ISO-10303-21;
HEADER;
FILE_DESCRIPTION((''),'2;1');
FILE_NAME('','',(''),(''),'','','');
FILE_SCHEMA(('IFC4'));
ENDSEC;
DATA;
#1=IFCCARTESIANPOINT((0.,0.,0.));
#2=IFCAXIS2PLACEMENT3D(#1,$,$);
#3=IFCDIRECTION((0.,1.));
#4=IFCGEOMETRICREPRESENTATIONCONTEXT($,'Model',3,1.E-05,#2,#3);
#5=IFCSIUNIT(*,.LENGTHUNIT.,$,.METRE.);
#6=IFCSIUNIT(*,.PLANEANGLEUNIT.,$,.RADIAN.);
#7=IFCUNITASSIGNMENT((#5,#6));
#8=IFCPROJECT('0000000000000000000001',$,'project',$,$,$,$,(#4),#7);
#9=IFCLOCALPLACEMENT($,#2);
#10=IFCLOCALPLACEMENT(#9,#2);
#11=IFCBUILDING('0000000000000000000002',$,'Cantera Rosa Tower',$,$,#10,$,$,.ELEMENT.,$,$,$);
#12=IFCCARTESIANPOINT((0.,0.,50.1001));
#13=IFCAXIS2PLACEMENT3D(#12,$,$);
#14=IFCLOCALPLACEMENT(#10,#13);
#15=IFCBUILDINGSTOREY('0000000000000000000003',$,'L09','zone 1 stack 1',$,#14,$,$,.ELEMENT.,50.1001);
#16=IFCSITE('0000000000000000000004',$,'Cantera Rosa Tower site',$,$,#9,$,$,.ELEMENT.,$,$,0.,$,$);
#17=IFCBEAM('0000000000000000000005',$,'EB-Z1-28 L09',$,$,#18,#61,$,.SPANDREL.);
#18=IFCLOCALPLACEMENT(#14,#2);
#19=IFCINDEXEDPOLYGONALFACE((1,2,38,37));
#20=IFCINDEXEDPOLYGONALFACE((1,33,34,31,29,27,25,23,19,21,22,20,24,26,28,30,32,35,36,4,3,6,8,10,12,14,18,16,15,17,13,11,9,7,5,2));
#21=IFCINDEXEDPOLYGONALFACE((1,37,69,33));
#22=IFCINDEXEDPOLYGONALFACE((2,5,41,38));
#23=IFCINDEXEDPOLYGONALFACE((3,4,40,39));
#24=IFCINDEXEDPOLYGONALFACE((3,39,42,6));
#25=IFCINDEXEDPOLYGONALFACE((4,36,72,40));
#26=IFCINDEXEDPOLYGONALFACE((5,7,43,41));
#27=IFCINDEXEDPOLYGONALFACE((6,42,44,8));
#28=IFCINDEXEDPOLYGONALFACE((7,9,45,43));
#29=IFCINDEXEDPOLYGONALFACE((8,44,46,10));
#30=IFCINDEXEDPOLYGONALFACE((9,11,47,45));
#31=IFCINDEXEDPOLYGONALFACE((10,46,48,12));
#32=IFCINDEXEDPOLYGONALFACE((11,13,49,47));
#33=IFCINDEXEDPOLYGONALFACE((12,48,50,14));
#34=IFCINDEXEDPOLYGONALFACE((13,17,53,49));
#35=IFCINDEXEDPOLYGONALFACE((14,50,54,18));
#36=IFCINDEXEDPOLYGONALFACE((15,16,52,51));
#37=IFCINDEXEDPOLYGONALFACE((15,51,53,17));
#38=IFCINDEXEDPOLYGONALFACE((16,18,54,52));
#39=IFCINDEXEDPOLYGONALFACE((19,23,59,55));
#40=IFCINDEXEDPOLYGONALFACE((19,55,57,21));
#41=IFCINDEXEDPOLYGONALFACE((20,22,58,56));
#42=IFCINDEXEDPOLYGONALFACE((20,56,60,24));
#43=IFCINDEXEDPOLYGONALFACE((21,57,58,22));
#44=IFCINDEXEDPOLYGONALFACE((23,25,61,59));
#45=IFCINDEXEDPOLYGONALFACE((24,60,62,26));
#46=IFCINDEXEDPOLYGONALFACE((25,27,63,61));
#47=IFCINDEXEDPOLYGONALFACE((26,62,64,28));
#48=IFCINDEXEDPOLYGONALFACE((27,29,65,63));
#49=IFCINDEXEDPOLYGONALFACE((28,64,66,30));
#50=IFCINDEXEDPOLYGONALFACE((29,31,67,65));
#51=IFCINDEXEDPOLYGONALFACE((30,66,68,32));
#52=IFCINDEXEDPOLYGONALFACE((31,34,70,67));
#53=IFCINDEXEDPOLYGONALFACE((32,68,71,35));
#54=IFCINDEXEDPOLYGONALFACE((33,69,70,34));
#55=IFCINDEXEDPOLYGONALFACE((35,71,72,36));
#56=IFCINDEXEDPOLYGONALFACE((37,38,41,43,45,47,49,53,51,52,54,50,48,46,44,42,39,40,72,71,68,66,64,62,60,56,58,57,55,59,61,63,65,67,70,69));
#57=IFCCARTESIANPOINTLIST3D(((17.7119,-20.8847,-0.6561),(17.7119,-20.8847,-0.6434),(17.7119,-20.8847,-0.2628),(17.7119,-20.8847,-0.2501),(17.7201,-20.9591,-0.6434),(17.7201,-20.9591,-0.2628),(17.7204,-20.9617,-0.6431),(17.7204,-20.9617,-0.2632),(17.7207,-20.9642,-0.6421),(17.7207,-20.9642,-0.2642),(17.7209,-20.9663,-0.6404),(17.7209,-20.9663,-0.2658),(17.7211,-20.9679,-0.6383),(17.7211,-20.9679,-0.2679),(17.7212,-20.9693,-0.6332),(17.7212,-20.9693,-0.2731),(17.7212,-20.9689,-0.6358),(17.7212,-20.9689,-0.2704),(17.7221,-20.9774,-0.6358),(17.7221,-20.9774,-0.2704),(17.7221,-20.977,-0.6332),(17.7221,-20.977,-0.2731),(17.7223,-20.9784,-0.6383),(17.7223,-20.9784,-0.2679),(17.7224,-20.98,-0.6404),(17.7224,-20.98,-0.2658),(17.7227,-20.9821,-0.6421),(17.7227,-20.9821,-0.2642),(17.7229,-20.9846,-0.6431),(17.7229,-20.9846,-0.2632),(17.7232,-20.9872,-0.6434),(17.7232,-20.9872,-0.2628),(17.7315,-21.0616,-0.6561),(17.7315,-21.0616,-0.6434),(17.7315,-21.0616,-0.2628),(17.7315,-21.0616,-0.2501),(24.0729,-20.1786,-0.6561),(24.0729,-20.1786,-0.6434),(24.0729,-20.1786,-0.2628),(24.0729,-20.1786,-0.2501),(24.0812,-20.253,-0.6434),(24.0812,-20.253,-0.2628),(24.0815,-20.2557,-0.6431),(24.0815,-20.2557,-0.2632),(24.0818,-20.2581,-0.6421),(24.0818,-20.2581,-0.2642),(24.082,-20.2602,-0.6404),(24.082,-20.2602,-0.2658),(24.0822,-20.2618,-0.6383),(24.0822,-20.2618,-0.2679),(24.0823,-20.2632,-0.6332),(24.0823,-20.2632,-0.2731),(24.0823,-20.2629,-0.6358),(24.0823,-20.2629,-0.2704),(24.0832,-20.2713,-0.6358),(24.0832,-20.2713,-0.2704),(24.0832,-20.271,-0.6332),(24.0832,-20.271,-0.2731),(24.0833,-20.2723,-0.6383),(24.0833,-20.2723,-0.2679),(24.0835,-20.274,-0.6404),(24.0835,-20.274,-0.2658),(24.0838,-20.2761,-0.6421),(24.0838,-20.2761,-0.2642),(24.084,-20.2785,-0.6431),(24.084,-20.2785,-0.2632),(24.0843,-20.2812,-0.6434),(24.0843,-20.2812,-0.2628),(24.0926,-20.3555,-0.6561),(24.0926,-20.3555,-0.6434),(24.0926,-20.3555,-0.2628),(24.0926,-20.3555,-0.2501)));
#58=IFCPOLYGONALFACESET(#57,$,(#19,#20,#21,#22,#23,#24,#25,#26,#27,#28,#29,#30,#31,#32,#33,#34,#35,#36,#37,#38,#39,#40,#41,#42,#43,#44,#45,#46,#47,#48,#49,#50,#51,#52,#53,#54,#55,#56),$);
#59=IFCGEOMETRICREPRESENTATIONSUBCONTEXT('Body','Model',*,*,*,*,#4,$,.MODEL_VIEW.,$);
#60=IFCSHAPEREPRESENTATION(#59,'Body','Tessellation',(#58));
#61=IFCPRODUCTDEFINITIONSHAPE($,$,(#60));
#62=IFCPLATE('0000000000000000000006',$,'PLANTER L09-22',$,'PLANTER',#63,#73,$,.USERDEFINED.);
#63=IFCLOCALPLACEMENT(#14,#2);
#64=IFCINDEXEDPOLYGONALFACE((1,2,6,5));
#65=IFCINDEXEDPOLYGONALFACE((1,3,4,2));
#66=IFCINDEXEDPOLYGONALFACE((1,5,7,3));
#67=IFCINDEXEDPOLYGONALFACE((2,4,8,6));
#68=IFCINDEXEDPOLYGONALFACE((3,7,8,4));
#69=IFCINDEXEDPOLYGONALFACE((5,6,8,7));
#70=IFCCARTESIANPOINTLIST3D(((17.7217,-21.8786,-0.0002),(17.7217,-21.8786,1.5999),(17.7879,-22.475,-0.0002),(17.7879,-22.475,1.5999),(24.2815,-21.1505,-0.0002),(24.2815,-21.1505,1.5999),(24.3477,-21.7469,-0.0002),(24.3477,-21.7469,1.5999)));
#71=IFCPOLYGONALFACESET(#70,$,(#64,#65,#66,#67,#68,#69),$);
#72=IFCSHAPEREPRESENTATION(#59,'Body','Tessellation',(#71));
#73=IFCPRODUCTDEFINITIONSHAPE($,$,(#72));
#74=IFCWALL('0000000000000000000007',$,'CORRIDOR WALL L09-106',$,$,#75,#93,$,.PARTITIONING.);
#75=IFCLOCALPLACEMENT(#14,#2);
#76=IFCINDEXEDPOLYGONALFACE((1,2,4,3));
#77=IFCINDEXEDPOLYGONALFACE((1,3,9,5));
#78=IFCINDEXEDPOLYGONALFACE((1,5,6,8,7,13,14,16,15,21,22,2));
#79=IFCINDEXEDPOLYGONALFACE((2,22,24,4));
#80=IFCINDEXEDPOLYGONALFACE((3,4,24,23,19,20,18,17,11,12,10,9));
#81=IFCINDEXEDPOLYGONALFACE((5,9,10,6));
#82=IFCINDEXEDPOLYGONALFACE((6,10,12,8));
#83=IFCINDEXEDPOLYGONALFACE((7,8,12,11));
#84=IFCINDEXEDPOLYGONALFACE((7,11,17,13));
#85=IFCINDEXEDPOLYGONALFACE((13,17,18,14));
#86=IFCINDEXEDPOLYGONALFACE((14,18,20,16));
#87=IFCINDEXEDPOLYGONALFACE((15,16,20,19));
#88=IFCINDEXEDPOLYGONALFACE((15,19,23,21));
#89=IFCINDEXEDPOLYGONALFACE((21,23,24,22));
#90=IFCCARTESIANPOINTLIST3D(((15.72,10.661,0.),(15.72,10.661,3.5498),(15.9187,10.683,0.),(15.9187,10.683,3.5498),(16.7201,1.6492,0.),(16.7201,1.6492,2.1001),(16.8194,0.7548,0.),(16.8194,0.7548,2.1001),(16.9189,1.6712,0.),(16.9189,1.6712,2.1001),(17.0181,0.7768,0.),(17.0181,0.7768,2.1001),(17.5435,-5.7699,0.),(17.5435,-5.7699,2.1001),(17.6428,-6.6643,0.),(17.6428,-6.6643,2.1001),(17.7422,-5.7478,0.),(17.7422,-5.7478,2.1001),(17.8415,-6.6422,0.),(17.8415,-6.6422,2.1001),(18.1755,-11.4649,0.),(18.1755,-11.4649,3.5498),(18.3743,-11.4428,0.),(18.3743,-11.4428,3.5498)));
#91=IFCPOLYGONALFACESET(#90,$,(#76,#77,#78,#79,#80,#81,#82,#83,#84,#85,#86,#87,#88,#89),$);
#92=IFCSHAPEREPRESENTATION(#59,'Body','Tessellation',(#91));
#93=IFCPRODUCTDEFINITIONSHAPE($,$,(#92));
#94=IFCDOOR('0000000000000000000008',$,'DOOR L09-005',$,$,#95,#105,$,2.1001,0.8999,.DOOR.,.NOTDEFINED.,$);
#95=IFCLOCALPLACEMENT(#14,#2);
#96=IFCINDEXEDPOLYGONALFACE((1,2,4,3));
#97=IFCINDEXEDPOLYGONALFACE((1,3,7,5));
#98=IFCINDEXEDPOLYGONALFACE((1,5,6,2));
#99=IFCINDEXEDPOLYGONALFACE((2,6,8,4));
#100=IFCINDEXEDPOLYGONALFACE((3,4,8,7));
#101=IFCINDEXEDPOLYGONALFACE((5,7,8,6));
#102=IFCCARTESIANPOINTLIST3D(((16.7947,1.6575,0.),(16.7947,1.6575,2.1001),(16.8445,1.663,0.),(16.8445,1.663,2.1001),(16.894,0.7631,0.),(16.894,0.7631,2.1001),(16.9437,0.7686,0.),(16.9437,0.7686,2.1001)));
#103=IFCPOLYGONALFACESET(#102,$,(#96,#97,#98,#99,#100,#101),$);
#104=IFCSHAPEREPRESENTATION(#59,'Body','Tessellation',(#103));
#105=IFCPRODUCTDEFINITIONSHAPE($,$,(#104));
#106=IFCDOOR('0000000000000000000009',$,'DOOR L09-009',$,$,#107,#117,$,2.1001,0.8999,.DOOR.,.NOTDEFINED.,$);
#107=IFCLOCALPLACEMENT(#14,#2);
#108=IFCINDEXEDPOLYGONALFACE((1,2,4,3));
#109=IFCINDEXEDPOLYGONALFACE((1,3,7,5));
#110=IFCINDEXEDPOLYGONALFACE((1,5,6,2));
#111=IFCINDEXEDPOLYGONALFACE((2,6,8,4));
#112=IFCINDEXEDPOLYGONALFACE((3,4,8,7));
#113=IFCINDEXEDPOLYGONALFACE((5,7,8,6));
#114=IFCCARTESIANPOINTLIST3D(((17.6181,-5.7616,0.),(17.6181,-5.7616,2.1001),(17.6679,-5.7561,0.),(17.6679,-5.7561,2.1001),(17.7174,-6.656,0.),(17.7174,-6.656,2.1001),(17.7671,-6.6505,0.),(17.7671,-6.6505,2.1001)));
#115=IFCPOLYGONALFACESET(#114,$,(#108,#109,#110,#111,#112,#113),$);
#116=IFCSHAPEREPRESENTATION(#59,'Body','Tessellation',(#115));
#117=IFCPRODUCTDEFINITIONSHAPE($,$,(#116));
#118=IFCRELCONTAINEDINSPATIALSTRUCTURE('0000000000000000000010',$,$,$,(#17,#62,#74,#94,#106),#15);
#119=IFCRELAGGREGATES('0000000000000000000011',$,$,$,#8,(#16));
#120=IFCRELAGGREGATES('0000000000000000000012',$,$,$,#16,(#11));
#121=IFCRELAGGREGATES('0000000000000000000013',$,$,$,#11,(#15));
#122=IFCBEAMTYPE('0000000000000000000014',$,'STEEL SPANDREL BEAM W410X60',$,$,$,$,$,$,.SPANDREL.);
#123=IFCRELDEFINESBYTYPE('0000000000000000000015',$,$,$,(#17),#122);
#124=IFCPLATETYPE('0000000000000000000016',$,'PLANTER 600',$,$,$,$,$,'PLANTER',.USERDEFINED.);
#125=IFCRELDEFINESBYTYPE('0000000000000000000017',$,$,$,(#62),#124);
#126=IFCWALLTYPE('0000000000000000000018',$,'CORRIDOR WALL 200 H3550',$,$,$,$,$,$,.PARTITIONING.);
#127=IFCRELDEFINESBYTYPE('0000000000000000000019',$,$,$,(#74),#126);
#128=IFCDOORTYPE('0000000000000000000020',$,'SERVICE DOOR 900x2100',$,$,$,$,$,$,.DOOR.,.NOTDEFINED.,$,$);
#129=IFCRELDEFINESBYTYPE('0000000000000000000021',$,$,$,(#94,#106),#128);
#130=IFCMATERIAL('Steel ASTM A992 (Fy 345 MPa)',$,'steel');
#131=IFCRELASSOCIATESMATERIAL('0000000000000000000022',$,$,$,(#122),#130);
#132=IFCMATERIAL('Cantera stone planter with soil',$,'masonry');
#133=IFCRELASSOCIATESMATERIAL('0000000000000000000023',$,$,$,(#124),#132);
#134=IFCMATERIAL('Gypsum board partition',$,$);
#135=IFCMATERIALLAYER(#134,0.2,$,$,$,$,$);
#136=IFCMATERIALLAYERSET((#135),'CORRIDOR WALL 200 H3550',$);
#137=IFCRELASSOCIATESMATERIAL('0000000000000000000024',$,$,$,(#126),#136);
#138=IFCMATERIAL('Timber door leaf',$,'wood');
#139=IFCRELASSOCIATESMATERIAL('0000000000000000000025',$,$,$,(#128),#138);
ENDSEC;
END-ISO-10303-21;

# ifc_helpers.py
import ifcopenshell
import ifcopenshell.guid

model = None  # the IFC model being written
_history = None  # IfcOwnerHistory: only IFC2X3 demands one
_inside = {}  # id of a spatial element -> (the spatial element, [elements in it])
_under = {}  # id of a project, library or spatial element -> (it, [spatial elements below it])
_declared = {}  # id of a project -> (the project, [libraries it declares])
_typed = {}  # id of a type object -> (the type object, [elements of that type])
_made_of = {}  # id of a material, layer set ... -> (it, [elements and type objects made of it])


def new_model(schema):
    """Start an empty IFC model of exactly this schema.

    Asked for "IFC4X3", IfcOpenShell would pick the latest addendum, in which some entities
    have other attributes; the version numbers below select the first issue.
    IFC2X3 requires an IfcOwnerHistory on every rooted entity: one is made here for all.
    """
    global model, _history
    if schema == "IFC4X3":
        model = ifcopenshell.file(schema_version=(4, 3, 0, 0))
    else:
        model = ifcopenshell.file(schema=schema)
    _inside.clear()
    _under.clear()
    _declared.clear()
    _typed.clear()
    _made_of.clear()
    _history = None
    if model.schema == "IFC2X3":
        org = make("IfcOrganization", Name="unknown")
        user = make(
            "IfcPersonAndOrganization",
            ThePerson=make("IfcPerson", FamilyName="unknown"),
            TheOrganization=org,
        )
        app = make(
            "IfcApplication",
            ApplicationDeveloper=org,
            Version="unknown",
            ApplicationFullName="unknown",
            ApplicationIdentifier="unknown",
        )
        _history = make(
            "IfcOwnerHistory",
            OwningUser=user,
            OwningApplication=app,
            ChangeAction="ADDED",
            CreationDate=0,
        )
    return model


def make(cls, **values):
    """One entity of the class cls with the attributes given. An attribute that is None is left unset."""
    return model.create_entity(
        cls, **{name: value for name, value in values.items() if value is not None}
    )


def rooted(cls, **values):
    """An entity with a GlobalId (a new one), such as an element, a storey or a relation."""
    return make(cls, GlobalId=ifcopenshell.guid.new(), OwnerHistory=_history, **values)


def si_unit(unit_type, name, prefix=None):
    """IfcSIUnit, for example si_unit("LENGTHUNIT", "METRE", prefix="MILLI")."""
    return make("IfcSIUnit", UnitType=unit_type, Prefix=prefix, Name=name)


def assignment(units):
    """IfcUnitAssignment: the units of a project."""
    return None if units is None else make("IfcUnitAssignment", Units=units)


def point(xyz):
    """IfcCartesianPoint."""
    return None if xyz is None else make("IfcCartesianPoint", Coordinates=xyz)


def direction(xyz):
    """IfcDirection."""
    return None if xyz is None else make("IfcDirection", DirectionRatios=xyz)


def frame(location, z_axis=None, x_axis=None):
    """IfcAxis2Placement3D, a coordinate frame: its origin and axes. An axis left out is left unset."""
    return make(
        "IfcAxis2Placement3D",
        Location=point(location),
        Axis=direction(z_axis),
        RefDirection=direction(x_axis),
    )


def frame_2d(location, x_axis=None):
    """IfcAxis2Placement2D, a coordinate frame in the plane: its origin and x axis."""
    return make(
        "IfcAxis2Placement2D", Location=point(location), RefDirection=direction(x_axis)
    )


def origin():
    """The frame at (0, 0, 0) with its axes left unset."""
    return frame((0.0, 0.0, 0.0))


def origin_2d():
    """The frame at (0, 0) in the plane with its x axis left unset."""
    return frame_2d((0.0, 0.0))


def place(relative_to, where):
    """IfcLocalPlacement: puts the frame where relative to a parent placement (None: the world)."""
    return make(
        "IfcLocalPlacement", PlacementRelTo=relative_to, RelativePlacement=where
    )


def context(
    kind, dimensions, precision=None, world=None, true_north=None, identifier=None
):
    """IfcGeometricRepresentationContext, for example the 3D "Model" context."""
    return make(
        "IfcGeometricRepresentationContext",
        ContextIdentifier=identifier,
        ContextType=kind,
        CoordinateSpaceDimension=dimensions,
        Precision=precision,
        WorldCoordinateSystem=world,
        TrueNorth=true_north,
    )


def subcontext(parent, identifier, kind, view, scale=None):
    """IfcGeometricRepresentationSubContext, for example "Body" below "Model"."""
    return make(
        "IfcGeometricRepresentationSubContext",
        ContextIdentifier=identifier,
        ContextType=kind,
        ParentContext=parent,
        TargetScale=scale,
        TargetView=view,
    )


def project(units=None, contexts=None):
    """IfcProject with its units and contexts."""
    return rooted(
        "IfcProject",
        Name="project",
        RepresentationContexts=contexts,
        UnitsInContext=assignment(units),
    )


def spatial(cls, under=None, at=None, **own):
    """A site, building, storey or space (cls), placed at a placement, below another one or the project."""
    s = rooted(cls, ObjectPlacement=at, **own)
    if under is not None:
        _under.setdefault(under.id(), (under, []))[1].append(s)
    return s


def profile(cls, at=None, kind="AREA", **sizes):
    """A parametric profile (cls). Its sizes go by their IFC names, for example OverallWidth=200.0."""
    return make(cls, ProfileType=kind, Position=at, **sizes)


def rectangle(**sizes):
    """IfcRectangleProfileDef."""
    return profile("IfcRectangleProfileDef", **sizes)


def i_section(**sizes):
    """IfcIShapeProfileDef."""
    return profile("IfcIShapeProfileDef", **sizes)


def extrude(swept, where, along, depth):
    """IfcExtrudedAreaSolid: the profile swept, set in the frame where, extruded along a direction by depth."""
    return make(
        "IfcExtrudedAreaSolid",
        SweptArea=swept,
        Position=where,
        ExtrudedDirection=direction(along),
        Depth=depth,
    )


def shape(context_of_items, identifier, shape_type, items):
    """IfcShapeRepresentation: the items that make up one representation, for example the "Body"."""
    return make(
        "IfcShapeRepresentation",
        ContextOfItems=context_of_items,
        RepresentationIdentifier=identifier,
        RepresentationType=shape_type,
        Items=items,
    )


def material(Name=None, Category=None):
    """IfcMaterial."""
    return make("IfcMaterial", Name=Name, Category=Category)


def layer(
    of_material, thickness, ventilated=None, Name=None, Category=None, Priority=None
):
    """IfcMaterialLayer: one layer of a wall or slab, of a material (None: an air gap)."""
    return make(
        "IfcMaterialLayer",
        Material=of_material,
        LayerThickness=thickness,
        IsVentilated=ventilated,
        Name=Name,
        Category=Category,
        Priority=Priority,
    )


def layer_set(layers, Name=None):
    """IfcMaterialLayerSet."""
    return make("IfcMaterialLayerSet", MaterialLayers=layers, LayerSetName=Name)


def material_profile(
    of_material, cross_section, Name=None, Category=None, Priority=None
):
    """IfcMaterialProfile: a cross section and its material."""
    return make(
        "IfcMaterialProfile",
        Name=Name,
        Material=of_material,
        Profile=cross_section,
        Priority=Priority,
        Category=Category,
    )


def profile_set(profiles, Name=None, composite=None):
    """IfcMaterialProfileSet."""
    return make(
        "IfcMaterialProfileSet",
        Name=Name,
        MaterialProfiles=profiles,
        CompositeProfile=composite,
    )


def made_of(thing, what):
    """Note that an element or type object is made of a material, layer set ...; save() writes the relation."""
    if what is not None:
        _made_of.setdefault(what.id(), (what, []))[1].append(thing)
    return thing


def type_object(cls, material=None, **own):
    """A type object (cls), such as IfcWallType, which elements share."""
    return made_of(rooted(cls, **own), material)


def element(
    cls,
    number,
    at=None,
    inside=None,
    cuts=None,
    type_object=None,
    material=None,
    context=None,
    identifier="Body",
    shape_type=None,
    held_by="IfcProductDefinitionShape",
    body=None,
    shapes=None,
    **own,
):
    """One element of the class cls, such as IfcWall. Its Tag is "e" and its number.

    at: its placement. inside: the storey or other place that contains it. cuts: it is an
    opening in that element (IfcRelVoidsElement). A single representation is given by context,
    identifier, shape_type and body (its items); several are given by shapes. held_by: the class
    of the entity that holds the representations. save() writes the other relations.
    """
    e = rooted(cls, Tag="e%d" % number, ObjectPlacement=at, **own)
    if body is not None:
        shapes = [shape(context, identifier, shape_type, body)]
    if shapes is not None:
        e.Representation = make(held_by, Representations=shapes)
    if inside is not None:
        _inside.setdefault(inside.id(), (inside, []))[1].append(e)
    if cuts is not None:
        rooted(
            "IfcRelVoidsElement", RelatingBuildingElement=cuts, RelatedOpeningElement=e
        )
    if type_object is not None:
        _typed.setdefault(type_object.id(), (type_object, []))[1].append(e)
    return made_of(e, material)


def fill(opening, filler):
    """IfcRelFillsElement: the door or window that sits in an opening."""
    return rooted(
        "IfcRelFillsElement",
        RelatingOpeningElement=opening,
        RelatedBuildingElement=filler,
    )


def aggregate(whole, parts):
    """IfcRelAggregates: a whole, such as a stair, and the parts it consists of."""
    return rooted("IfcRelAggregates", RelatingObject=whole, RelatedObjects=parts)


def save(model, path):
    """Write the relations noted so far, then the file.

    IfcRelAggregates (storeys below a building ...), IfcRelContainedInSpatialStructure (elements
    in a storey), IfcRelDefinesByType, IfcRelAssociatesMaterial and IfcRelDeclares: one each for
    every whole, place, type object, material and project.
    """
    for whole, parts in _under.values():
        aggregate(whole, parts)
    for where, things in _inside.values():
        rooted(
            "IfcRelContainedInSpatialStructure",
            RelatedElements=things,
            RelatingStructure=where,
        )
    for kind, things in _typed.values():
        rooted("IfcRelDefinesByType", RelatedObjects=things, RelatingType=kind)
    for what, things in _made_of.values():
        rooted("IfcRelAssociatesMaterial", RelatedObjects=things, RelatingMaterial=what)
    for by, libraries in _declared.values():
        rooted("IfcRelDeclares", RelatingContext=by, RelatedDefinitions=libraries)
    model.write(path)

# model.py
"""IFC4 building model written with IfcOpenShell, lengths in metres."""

from ifc_helpers import new_model, si_unit, direction, frame, frame_2d, origin, origin_2d, place, context, subcontext, project, spatial, rectangle, i_section, extrude, material, layer, layer_set, material_profile, profile_set, type_object, element, fill, save


model = new_model("IFC4")

# Units and contexts
model_context = context("Model", 3, precision=1e-05, world=origin(), true_north=direction((0.0, 1.0)))
body_context = subcontext(model_context, "Body", "Model", "MODEL_VIEW")
ifc_project = project(units=[si_unit("LENGTHUNIT", "METRE"), si_unit("PLANEANGLEUNIT", "RADIAN")], contexts=[model_context])

# Site, building, storey
site_placement = place(None, origin())
site = spatial("IfcSite", under=ifc_project, at=site_placement, Name="Cantera Rosa Tower site", CompositionType="ELEMENT", RefElevation=0.0)
building_placement = place(site_placement, origin())
building = spatial("IfcBuilding", under=site, at=building_placement, Name="Cantera Rosa Tower", CompositionType="ELEMENT")
storey_placement = place(building_placement, frame((0.0, 0.0, 50.1001)))
storey = spatial("IfcBuildingStorey", under=building, at=storey_placement, Name="L09", Description="zone 1 stack 1", CompositionType="ELEMENT", Elevation=50.1001)

# Beam
ifc_material_1 = material(Name="Steel ASTM A992 (Fy 345 MPa)", Category="steel")
ifc_material_profile_1 = material_profile(ifc_material_1, i_section(OverallWidth=0.178, OverallDepth=0.406, WebThickness=0.0078, FlangeThickness=0.0127, FilletRadius=0.0103, at=origin_2d()), Name="W410X60")
ifc_profile_set_1 = profile_set([ifc_material_profile_1], Name="Steel ASTM A992 (Fy 345 MPa)")
beam_type_1 = type_object("IfcBeamType", Name="STEEL SPANDREL BEAM W410X60", PredefinedType="SPANDREL", material=ifc_profile_set_1)
beam_1_placement = place(storey_placement, frame((17.7217, -20.9731, -0.4531), z_axis=(0.993896, 0.110318, 0.0), x_axis=(-0.110318, 0.993896, 0.0)))
element("IfcBeam", 1, at=beam_1_placement, inside=storey, type_object=beam_type_1, Name="EB-Z1-28 L09", PredefinedType="SPANDREL", context=body_context, shape_type="SweptSolid", body=[
    extrude(i_section(OverallWidth=0.178, OverallDepth=0.406, WebThickness=0.0078, FlangeThickness=0.0127, FilletRadius=0.0103, at=origin_2d()), origin(), (0.0, 0.0, 1.0), 6.4001),
])

# Plate
ifc_material_2 = material(Name="Cantera stone planter with soil", Category="masonry")
plate_type = type_object("IfcPlateType", Name="PLANTER 600", ElementType="PLANTER", PredefinedType="USERDEFINED", material=ifc_material_2)
plate_placement = place(storey_placement, frame((21.0347, -21.8127, -0.0002), z_axis=(0.0, 0.0, 1.0), x_axis=(0.993897, 0.110313, 0.0)))
element("IfcPlate", 2, at=plate_placement, inside=storey, type_object=plate_type, Name="PLANTER L09-22", ObjectType="PLANTER", PredefinedType="USERDEFINED", context=body_context, shape_type="SweptSolid", body=[
    extrude(rectangle(XDim=6.6001, YDim=0.6001, at=origin_2d()), origin(), (0.0, 0.0, 1.0), 1.6001),
])

# Wall, openings, doors
ifc_material_3 = material(Name="Gypsum board partition")
ifc_layer_1 = layer(ifc_material_3, 0.2)
ifc_layer_set_1 = layer_set([ifc_layer_1], Name="CORRIDOR WALL 200 H3550")
wall_type_1 = type_object("IfcWallType", Name="CORRIDOR WALL 200 H3550", PredefinedType="PARTITIONING", material=ifc_layer_set_1)
wall_1_placement = place(storey_placement, frame((18.2749, -11.4539, 0.0), z_axis=(0.0, 0.0, 1.0), x_axis=(-0.110304, 0.993898, 0.0)))
wall_1 = element("IfcWall", 3, at=wall_1_placement, inside=storey, type_object=wall_type_1, Name="CORRIDOR WALL L09-106", PredefinedType="PARTITIONING", context=body_context, shape_type="SweptSolid", body=[
    extrude(rectangle(XDim=22.2617, YDim=0.2, at=frame_2d((11.1309, 0.0))), origin(), (0.0, 0.0, 1.0), 3.5498),
])
opening_1_placement = place(wall_1_placement, frame((12.2947, 0.0, 0.0)))
opening_1 = element("IfcOpeningElement", 4, at=opening_1_placement, cuts=wall_1, PredefinedType="OPENING", context=body_context, shape_type="SweptSolid", body=[
    extrude(rectangle(XDim=0.8999, YDim=2.1001, at=frame_2d((0.45, 1.05))), frame((0.0, 0.1099, 0.0), z_axis=(0.0, -1.0, 0.0), x_axis=(1.0, 0.0, 0.0)), (0.0, 0.0, 1.0), 0.22),
])
opening_2_placement = place(wall_1_placement, frame((4.8301, 0.0, 0.0)))
opening_2 = element("IfcOpeningElement", 5, at=opening_2_placement, cuts=wall_1, PredefinedType="OPENING", context=body_context, shape_type="SweptSolid", body=[
    extrude(rectangle(XDim=0.8999, YDim=2.1001, at=frame_2d((0.45, 1.05))), frame((0.0, 0.1099, 0.0), z_axis=(0.0, -1.0, 0.0), x_axis=(1.0, 0.0, 0.0)), (0.0, 0.0, 1.0), 0.22),
])
ifc_material_4 = material(Name="Timber door leaf", Category="wood")
door_type_1 = type_object("IfcDoorType", Name="SERVICE DOOR 900x2100", OperationType="NOTDEFINED", PredefinedType="DOOR", material=ifc_material_4)
door_1_placement = place(opening_1_placement, origin())
door_1 = element("IfcDoor", 6, at=door_1_placement, inside=storey, type_object=door_type_1, Name="DOOR L09-005", OperationType="NOTDEFINED", OverallHeight=2.1001, OverallWidth=0.8999, PredefinedType="DOOR", context=body_context, shape_type="SweptSolid", body=[
    extrude(rectangle(XDim=0.8999, YDim=2.1001, at=frame_2d((0.45, 1.05))), frame((0.0, 0.0249, 0.0), z_axis=(0.0, -1.0, 0.0), x_axis=(1.0, 0.0, 0.0)), (0.0, 0.0, 1.0), 0.05),
])
fill(opening_1, door_1)
door_2_placement = place(opening_2_placement, origin())
door_2 = element("IfcDoor", 7, at=door_2_placement, inside=storey, type_object=door_type_1, Name="DOOR L09-009", OperationType="NOTDEFINED", OverallHeight=2.1001, OverallWidth=0.8999, PredefinedType="DOOR", context=body_context, shape_type="SweptSolid", body=[
    extrude(rectangle(XDim=0.8999, YDim=2.1001, at=frame_2d((0.45, 1.05))), frame((0.0, 0.0249, 0.0), z_axis=(0.0, -1.0, 0.0), x_axis=(1.0, 0.0, 0.0)), (0.0, 0.0, 1.0), 0.05),
])
fill(opening_2, door_2)

save(model, "model.ifc")
